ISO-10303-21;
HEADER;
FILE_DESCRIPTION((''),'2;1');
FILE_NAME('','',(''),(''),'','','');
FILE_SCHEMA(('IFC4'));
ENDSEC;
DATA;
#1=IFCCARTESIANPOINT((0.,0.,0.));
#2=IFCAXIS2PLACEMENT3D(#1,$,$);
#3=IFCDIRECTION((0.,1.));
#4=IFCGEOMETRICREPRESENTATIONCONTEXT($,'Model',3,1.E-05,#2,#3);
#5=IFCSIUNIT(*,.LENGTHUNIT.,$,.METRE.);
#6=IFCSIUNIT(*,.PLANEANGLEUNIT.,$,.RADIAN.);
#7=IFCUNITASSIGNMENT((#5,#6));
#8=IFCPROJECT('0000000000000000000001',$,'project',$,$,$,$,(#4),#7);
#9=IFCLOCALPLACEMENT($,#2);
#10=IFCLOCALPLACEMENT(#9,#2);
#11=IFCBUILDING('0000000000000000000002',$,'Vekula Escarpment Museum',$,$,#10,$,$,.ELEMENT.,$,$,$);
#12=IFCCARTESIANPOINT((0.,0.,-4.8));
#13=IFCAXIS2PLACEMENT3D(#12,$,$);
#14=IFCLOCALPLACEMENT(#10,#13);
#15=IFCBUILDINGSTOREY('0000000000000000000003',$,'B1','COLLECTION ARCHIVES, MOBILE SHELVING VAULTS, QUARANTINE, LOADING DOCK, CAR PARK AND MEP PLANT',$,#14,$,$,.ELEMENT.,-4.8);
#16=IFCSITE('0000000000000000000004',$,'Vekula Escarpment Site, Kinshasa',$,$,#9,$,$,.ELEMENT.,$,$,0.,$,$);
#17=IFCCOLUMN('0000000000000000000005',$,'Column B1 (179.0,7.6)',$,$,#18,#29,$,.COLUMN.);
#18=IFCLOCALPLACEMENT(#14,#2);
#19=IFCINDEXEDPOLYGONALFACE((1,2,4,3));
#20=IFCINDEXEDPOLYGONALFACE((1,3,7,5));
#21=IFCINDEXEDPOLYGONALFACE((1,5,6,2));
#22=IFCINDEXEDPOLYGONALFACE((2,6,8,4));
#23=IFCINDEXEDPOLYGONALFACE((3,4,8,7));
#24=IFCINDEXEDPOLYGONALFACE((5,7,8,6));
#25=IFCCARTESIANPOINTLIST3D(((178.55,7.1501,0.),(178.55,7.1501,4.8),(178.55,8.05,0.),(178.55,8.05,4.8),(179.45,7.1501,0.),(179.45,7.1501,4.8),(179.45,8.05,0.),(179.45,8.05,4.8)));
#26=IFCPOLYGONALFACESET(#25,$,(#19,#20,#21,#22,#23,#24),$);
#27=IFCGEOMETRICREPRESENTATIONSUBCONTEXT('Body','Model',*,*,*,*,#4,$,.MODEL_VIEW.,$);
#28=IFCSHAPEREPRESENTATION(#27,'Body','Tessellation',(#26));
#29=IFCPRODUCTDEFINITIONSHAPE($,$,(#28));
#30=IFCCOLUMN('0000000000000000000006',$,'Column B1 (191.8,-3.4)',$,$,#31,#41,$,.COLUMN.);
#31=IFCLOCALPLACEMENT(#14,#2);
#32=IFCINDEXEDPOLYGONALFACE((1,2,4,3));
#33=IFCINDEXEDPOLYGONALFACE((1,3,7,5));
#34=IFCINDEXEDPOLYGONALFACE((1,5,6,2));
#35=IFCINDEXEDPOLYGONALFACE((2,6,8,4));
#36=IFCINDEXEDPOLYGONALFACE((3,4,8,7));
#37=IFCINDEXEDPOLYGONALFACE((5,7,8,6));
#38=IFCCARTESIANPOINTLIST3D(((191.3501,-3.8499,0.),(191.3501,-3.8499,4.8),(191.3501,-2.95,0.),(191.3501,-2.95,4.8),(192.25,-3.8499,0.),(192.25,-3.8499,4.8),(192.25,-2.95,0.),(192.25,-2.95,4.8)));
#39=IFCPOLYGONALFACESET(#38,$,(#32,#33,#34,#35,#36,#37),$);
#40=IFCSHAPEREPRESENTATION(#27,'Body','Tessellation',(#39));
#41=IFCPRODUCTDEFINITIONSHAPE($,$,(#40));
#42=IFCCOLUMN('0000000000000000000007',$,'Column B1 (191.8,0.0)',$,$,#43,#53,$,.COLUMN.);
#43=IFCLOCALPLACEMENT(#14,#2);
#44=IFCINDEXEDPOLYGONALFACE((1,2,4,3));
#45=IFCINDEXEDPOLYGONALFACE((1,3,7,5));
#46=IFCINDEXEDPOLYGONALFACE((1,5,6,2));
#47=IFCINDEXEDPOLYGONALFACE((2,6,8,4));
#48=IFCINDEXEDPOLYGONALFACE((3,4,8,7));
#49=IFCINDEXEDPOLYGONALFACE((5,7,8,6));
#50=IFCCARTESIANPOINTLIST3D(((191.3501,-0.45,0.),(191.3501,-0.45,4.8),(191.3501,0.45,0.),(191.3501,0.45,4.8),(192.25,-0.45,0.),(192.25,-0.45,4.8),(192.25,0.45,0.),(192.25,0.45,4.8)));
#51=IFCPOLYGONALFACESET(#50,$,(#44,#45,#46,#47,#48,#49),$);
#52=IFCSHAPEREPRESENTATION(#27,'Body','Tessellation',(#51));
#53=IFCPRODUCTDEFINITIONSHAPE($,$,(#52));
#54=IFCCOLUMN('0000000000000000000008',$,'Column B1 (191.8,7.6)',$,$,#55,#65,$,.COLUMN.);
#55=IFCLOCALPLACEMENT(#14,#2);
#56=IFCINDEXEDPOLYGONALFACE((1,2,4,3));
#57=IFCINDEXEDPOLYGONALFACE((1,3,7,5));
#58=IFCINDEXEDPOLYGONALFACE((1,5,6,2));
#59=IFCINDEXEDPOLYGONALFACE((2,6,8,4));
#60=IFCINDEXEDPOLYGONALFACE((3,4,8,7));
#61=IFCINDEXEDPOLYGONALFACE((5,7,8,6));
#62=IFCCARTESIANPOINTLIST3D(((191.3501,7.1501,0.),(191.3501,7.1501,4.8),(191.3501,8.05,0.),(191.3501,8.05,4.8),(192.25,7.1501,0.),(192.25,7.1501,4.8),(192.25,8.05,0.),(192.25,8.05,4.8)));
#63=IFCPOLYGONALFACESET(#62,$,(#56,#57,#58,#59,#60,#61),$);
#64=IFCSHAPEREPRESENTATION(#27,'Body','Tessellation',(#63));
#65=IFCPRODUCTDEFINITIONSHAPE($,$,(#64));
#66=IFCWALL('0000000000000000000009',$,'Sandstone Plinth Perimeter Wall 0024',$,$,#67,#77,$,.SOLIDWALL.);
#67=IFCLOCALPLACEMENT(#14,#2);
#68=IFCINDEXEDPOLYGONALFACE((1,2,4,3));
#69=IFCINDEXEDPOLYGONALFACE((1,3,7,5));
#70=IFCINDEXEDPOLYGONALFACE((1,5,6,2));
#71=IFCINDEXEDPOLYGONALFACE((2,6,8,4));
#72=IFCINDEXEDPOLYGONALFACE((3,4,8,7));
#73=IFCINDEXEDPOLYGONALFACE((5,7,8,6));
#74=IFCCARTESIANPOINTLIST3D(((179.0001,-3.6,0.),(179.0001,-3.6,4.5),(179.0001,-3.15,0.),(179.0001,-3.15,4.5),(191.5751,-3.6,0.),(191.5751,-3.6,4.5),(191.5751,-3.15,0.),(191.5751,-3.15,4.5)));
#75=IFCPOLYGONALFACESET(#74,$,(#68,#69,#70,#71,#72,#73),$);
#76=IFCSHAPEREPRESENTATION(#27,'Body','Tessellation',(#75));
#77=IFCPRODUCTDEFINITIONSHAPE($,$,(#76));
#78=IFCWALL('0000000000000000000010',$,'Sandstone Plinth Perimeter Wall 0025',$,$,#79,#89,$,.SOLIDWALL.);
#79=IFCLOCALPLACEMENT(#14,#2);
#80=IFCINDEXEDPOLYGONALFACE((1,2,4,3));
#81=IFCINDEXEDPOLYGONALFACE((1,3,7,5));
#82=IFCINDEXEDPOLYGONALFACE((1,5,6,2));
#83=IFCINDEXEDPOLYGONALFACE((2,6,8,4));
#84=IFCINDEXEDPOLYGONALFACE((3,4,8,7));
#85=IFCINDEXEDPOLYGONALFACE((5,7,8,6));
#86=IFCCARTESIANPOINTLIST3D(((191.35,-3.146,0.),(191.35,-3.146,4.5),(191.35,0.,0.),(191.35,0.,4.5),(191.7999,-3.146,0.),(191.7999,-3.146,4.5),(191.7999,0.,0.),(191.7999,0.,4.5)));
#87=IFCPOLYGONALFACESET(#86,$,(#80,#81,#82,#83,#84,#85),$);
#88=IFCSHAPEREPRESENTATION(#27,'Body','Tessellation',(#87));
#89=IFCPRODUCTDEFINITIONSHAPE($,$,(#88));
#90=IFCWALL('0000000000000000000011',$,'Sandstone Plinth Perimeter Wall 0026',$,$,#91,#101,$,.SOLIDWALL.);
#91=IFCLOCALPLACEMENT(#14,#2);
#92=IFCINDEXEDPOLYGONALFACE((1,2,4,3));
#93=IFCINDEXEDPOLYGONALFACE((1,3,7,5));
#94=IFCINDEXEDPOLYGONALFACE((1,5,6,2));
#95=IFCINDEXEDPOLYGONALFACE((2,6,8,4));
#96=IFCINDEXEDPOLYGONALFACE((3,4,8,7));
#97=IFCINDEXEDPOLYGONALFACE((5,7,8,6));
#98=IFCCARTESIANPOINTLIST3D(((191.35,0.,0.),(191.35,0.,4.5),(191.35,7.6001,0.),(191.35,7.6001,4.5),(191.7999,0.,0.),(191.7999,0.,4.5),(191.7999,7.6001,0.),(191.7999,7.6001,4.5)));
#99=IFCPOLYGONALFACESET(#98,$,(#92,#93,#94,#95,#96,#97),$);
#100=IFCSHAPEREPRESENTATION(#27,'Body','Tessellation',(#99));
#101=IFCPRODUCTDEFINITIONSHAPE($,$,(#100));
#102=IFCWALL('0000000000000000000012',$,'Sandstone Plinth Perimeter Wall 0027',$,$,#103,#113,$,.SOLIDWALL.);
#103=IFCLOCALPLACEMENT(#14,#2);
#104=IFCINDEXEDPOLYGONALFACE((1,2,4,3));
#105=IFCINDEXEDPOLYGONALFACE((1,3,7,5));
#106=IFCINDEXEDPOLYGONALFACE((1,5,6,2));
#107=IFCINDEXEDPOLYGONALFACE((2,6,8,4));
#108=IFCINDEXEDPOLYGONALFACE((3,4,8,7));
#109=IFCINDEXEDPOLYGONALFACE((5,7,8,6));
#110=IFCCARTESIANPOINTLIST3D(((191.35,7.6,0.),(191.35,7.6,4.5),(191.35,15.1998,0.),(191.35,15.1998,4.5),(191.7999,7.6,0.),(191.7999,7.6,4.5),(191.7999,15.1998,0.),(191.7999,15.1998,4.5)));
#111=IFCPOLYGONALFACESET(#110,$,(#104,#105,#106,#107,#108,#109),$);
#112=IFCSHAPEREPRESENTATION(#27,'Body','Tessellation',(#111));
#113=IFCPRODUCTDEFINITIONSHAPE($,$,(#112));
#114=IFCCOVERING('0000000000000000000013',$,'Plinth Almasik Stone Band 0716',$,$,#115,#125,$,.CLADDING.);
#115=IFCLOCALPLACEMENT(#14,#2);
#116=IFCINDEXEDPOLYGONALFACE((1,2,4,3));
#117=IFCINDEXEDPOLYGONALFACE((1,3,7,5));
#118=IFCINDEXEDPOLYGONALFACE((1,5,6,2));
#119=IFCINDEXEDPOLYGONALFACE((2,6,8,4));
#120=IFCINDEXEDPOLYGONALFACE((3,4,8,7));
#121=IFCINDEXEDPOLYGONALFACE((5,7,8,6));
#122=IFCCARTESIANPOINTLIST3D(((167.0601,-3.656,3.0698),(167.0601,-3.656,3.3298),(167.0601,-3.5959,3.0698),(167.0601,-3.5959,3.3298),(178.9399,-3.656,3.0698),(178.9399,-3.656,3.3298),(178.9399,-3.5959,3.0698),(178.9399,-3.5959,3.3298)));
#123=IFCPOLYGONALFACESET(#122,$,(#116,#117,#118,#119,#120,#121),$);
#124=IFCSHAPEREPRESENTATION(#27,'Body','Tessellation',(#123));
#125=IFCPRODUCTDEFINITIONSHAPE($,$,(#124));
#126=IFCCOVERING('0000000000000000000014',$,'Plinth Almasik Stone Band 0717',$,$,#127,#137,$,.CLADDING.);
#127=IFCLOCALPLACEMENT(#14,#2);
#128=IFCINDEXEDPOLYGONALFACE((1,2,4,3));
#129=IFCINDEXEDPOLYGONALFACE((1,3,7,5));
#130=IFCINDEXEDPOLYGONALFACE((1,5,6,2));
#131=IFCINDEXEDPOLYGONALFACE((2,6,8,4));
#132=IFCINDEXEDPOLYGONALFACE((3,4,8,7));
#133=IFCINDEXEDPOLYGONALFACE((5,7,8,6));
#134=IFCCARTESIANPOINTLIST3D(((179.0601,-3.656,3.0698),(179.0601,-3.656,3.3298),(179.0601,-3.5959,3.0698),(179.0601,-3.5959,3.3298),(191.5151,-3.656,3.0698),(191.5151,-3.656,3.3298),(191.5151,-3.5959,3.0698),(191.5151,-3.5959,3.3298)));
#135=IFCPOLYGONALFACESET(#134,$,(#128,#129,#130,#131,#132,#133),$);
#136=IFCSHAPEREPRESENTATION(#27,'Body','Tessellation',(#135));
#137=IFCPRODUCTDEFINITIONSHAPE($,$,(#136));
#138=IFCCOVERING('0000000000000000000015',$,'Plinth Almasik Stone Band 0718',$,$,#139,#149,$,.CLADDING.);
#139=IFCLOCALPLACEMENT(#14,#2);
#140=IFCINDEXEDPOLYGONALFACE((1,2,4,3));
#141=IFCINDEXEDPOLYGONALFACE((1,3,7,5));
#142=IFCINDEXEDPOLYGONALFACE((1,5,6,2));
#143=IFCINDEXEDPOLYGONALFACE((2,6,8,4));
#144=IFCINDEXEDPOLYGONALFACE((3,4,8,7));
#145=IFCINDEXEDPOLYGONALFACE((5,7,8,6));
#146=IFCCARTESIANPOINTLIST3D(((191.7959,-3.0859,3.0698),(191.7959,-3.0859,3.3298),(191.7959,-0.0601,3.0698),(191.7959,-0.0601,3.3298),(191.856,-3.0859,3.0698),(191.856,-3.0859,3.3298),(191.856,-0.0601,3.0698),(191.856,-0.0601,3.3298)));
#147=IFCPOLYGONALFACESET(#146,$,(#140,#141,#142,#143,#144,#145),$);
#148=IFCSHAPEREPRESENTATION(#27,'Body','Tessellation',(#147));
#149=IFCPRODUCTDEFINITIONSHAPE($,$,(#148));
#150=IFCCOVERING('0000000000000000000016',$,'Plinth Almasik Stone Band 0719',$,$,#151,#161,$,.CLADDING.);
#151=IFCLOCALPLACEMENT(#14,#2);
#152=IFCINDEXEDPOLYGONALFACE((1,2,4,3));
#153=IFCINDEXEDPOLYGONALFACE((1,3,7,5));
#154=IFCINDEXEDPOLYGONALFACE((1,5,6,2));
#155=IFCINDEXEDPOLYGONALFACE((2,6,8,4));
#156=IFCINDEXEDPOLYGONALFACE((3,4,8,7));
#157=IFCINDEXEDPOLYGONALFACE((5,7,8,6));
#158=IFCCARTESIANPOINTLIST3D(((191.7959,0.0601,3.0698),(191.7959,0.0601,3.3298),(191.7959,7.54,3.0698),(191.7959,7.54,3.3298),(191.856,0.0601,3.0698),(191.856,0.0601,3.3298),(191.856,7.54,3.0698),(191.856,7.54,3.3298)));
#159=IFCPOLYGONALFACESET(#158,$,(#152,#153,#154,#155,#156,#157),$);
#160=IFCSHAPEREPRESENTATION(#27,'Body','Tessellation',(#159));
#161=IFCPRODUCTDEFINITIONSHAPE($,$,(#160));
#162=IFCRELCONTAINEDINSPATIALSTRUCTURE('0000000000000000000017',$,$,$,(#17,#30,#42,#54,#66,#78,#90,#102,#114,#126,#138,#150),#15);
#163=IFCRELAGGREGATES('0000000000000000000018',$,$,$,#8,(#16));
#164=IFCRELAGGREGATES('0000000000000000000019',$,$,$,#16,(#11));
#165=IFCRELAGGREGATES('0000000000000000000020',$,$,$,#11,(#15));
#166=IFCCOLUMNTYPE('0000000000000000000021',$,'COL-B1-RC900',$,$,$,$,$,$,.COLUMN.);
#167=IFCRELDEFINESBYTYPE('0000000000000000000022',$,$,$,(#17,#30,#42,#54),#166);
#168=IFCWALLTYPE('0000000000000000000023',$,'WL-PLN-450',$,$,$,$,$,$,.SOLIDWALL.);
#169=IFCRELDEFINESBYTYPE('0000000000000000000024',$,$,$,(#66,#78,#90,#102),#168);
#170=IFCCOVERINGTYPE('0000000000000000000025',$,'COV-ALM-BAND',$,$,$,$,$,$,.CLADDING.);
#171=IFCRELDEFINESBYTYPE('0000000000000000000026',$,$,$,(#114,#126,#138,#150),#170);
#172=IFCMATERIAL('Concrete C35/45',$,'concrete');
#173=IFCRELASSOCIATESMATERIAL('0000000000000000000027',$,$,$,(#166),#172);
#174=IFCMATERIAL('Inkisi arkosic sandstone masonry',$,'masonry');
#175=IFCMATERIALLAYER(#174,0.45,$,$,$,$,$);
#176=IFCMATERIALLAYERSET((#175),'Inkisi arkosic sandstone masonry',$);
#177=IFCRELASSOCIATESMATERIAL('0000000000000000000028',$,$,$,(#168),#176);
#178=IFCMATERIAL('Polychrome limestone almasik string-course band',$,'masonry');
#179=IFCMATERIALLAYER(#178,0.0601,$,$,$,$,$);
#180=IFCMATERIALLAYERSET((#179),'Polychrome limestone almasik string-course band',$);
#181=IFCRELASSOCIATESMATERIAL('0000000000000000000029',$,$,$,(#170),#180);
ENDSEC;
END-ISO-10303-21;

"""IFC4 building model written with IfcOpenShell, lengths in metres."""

from ifc_helpers import new_model, si_unit, direction, frame, frame_2d, origin, origin_2d, place, context, subcontext, project, spatial, rectangle, extrude, material, layer, layer_set, material_profile, profile_set, type_object, element, save


model = new_model("IFC4")

# Units and contexts
model_context = context("Model", 3, precision=1e-05, world=origin(), true_north=direction((0.0, 1.0)))
body_context = subcontext(model_context, "Body", "Model", "MODEL_VIEW")
ifc_project = project(units=[si_unit("LENGTHUNIT", "METRE"), si_unit("PLANEANGLEUNIT", "RADIAN")], contexts=[model_context])

# Site, building, storey
site_placement = place(None, origin())
site = spatial("IfcSite", under=ifc_project, at=site_placement, Name="Vekula Escarpment Site, Kinshasa", CompositionType="ELEMENT", RefElevation=0.0)
building_placement = place(site_placement, origin())
building = spatial("IfcBuilding", under=site, at=building_placement, Name="Vekula Escarpment Museum", CompositionType="ELEMENT")
storey_placement = place(building_placement, frame((0.0, 0.0, -4.8)))
storey = spatial("IfcBuildingStorey", under=building, at=storey_placement, Name="B1", Description="COLLECTION ARCHIVES, MOBILE SHELVING VAULTS, QUARANTINE, LOADING DOCK, CAR PARK AND MEP PLANT", CompositionType="ELEMENT", Elevation=-4.8)

# Columns
ifc_material_1 = material(Name="Concrete C35/45", Category="concrete")
ifc_material_profile_1 = material_profile(ifc_material_1, rectangle(XDim=0.8999, YDim=0.8999, at=origin_2d()), Name="RC 900x900")
ifc_profile_set_1 = profile_set([ifc_material_profile_1], Name="Concrete C35/45")
column_type = type_object("IfcColumnType", Name="COL-B1-RC900", PredefinedType="COLUMN", material=ifc_profile_set_1)
for number, where, z_axis, x_axis, name in (
    (1, (179.0, 7.6001, 0.0), (0.0, 0.0, 1.0), (1.0, 0.0, 0.0), "Column B1 (179.0,7.6)"),
    (2, (191.8, -3.3999, 0.0), (0.0, 0.0, 1.0), (1.0, 0.0, 0.0), "Column B1 (191.8,-3.4)"),
    (3, (191.8, 0.0, 0.0), (0.0, 0.0, 1.0), (1.0, 0.0, 0.0), "Column B1 (191.8,0.0)"),
    (4, (191.8, 7.6001, 0.0), (0.0, 0.0, 1.0), (1.0, 0.0, 0.0), "Column B1 (191.8,7.6)"),
):
    element("IfcColumn", number, at=place(storey_placement, frame(where, z_axis=z_axis, x_axis=x_axis)), inside=storey, type_object=column_type, Name=name, PredefinedType="COLUMN", context=body_context, shape_type="SweptSolid", body=[
        extrude(rectangle(XDim=0.8999, YDim=0.8999, at=origin_2d()), origin(), (0.0, 0.0, 1.0), 4.8),
    ])

# Walls
ifc_material_2 = material(Name="Inkisi arkosic sandstone masonry", Category="masonry")
ifc_layer_1 = layer(ifc_material_2, 0.45)
ifc_layer_set_1 = layer_set([ifc_layer_1], Name="Inkisi arkosic sandstone masonry")
wall_type = type_object("IfcWallType", Name="WL-PLN-450", PredefinedType="SOLIDWALL", material=ifc_layer_set_1)
wall_1_placement = place(storey_placement, frame((179.0, -3.375, 0.0), z_axis=(0.0, 0.0, 1.0), x_axis=(1.0, 0.0, 0.0)))
element("IfcWall", 5, at=wall_1_placement, inside=storey, type_object=wall_type, Name="Sandstone Plinth Perimeter Wall 0024", PredefinedType="SOLIDWALL", context=body_context, shape_type="SweptSolid", body=[
    extrude(rectangle(XDim=12.575, YDim=0.45, at=frame_2d((6.2876, 0.0))), origin(), (0.0, 0.0, 1.0), 4.5),
])
wall_2_placement = place(storey_placement, frame((191.575, -3.146, 0.0), z_axis=(0.0, 0.0, 1.0), x_axis=(0.0, 1.0, 0.0)))
element("IfcWall", 6, at=wall_2_placement, inside=storey, type_object=wall_type, Name="Sandstone Plinth Perimeter Wall 0025", PredefinedType="SOLIDWALL", context=body_context, shape_type="SweptSolid", body=[
    extrude(rectangle(XDim=3.146, YDim=0.45, at=frame_2d((1.573, 0.0))), origin(), (0.0, 0.0, 1.0), 4.5),
])
wall_3_placement = place(storey_placement, frame((191.575, 0.0, 0.0), z_axis=(0.0, 0.0, 1.0), x_axis=(0.0, 1.0, 0.0)))
element("IfcWall", 7, at=wall_3_placement, inside=storey, type_object=wall_type, Name="Sandstone Plinth Perimeter Wall 0026", PredefinedType="SOLIDWALL", context=body_context, shape_type="SweptSolid", body=[
    extrude(rectangle(XDim=7.6001, YDim=0.45, at=frame_2d((3.8, 0.0))), origin(), (0.0, 0.0, 1.0), 4.5),
])
wall_4_placement = place(storey_placement, frame((191.575, 7.6001, 0.0), z_axis=(0.0, 0.0, 1.0), x_axis=(0.0, 1.0, 0.0)))
element("IfcWall", 8, at=wall_4_placement, inside=storey, type_object=wall_type, Name="Sandstone Plinth Perimeter Wall 0027", PredefinedType="SOLIDWALL", context=body_context, shape_type="SweptSolid", body=[
    extrude(rectangle(XDim=7.5999, YDim=0.45, at=frame_2d((3.7998, 0.0))), origin(), (0.0, 0.0, 1.0), 4.5),
])

# Coverings
ifc_material_3 = material(Name="Polychrome limestone almasik string-course band", Category="masonry")
ifc_layer_2 = layer(ifc_material_3, 0.0601)
ifc_layer_set_2 = layer_set([ifc_layer_2], Name="Polychrome limestone almasik string-course band")
covering_type = type_object("IfcCoveringType", Name="COV-ALM-BAND", PredefinedType="CLADDING", material=ifc_layer_set_2)
covering_1_placement = place(storey_placement, frame((173.0, -3.626, 3.0698), z_axis=(0.0, 0.0, 1.0), x_axis=(1.0, 0.0, 0.0)))
element("IfcCovering", 9, at=covering_1_placement, inside=storey, type_object=covering_type, Name="Plinth Almasik Stone Band 0716", PredefinedType="CLADDING", context=body_context, shape_type="SweptSolid", body=[
    extrude(rectangle(XDim=11.8799, YDim=0.0601, at=origin_2d()), origin(), (0.0, 0.0, 1.0), 0.26),
])
covering_2_placement = place(storey_placement, frame((185.2876, -3.626, 3.0698), z_axis=(0.0, 0.0, 1.0), x_axis=(1.0, 0.0, 0.0)))
element("IfcCovering", 10, at=covering_2_placement, inside=storey, type_object=covering_type, Name="Plinth Almasik Stone Band 0717", PredefinedType="CLADDING", context=body_context, shape_type="SweptSolid", body=[
    extrude(rectangle(XDim=12.4551, YDim=0.0601, at=origin_2d()), origin(), (0.0, 0.0, 1.0), 0.26),
])
covering_3_placement = place(storey_placement, frame((191.8259, -1.573, 3.0698), z_axis=(0.0, 0.0, 1.0), x_axis=(0.0, 1.0, 0.0)))
element("IfcCovering", 11, at=covering_3_placement, inside=storey, type_object=covering_type, Name="Plinth Almasik Stone Band 0718", PredefinedType="CLADDING", context=body_context, shape_type="SweptSolid", body=[
    extrude(rectangle(XDim=3.0259, YDim=0.0601, at=origin_2d()), origin(), (0.0, 0.0, 1.0), 0.26),
])
covering_4_placement = place(storey_placement, frame((191.8259, 3.8, 3.0698), z_axis=(0.0, 0.0, 1.0), x_axis=(0.0, 1.0, 0.0)))
element("IfcCovering", 12, at=covering_4_placement, inside=storey, type_object=covering_type, Name="Plinth Almasik Stone Band 0719", PredefinedType="CLADDING", context=body_context, shape_type="SweptSolid", body=[
    extrude(rectangle(XDim=7.48, YDim=0.0601, at=origin_2d()), origin(), (0.0, 0.0, 1.0), 0.26),
])

save(model, "model.ifc")
